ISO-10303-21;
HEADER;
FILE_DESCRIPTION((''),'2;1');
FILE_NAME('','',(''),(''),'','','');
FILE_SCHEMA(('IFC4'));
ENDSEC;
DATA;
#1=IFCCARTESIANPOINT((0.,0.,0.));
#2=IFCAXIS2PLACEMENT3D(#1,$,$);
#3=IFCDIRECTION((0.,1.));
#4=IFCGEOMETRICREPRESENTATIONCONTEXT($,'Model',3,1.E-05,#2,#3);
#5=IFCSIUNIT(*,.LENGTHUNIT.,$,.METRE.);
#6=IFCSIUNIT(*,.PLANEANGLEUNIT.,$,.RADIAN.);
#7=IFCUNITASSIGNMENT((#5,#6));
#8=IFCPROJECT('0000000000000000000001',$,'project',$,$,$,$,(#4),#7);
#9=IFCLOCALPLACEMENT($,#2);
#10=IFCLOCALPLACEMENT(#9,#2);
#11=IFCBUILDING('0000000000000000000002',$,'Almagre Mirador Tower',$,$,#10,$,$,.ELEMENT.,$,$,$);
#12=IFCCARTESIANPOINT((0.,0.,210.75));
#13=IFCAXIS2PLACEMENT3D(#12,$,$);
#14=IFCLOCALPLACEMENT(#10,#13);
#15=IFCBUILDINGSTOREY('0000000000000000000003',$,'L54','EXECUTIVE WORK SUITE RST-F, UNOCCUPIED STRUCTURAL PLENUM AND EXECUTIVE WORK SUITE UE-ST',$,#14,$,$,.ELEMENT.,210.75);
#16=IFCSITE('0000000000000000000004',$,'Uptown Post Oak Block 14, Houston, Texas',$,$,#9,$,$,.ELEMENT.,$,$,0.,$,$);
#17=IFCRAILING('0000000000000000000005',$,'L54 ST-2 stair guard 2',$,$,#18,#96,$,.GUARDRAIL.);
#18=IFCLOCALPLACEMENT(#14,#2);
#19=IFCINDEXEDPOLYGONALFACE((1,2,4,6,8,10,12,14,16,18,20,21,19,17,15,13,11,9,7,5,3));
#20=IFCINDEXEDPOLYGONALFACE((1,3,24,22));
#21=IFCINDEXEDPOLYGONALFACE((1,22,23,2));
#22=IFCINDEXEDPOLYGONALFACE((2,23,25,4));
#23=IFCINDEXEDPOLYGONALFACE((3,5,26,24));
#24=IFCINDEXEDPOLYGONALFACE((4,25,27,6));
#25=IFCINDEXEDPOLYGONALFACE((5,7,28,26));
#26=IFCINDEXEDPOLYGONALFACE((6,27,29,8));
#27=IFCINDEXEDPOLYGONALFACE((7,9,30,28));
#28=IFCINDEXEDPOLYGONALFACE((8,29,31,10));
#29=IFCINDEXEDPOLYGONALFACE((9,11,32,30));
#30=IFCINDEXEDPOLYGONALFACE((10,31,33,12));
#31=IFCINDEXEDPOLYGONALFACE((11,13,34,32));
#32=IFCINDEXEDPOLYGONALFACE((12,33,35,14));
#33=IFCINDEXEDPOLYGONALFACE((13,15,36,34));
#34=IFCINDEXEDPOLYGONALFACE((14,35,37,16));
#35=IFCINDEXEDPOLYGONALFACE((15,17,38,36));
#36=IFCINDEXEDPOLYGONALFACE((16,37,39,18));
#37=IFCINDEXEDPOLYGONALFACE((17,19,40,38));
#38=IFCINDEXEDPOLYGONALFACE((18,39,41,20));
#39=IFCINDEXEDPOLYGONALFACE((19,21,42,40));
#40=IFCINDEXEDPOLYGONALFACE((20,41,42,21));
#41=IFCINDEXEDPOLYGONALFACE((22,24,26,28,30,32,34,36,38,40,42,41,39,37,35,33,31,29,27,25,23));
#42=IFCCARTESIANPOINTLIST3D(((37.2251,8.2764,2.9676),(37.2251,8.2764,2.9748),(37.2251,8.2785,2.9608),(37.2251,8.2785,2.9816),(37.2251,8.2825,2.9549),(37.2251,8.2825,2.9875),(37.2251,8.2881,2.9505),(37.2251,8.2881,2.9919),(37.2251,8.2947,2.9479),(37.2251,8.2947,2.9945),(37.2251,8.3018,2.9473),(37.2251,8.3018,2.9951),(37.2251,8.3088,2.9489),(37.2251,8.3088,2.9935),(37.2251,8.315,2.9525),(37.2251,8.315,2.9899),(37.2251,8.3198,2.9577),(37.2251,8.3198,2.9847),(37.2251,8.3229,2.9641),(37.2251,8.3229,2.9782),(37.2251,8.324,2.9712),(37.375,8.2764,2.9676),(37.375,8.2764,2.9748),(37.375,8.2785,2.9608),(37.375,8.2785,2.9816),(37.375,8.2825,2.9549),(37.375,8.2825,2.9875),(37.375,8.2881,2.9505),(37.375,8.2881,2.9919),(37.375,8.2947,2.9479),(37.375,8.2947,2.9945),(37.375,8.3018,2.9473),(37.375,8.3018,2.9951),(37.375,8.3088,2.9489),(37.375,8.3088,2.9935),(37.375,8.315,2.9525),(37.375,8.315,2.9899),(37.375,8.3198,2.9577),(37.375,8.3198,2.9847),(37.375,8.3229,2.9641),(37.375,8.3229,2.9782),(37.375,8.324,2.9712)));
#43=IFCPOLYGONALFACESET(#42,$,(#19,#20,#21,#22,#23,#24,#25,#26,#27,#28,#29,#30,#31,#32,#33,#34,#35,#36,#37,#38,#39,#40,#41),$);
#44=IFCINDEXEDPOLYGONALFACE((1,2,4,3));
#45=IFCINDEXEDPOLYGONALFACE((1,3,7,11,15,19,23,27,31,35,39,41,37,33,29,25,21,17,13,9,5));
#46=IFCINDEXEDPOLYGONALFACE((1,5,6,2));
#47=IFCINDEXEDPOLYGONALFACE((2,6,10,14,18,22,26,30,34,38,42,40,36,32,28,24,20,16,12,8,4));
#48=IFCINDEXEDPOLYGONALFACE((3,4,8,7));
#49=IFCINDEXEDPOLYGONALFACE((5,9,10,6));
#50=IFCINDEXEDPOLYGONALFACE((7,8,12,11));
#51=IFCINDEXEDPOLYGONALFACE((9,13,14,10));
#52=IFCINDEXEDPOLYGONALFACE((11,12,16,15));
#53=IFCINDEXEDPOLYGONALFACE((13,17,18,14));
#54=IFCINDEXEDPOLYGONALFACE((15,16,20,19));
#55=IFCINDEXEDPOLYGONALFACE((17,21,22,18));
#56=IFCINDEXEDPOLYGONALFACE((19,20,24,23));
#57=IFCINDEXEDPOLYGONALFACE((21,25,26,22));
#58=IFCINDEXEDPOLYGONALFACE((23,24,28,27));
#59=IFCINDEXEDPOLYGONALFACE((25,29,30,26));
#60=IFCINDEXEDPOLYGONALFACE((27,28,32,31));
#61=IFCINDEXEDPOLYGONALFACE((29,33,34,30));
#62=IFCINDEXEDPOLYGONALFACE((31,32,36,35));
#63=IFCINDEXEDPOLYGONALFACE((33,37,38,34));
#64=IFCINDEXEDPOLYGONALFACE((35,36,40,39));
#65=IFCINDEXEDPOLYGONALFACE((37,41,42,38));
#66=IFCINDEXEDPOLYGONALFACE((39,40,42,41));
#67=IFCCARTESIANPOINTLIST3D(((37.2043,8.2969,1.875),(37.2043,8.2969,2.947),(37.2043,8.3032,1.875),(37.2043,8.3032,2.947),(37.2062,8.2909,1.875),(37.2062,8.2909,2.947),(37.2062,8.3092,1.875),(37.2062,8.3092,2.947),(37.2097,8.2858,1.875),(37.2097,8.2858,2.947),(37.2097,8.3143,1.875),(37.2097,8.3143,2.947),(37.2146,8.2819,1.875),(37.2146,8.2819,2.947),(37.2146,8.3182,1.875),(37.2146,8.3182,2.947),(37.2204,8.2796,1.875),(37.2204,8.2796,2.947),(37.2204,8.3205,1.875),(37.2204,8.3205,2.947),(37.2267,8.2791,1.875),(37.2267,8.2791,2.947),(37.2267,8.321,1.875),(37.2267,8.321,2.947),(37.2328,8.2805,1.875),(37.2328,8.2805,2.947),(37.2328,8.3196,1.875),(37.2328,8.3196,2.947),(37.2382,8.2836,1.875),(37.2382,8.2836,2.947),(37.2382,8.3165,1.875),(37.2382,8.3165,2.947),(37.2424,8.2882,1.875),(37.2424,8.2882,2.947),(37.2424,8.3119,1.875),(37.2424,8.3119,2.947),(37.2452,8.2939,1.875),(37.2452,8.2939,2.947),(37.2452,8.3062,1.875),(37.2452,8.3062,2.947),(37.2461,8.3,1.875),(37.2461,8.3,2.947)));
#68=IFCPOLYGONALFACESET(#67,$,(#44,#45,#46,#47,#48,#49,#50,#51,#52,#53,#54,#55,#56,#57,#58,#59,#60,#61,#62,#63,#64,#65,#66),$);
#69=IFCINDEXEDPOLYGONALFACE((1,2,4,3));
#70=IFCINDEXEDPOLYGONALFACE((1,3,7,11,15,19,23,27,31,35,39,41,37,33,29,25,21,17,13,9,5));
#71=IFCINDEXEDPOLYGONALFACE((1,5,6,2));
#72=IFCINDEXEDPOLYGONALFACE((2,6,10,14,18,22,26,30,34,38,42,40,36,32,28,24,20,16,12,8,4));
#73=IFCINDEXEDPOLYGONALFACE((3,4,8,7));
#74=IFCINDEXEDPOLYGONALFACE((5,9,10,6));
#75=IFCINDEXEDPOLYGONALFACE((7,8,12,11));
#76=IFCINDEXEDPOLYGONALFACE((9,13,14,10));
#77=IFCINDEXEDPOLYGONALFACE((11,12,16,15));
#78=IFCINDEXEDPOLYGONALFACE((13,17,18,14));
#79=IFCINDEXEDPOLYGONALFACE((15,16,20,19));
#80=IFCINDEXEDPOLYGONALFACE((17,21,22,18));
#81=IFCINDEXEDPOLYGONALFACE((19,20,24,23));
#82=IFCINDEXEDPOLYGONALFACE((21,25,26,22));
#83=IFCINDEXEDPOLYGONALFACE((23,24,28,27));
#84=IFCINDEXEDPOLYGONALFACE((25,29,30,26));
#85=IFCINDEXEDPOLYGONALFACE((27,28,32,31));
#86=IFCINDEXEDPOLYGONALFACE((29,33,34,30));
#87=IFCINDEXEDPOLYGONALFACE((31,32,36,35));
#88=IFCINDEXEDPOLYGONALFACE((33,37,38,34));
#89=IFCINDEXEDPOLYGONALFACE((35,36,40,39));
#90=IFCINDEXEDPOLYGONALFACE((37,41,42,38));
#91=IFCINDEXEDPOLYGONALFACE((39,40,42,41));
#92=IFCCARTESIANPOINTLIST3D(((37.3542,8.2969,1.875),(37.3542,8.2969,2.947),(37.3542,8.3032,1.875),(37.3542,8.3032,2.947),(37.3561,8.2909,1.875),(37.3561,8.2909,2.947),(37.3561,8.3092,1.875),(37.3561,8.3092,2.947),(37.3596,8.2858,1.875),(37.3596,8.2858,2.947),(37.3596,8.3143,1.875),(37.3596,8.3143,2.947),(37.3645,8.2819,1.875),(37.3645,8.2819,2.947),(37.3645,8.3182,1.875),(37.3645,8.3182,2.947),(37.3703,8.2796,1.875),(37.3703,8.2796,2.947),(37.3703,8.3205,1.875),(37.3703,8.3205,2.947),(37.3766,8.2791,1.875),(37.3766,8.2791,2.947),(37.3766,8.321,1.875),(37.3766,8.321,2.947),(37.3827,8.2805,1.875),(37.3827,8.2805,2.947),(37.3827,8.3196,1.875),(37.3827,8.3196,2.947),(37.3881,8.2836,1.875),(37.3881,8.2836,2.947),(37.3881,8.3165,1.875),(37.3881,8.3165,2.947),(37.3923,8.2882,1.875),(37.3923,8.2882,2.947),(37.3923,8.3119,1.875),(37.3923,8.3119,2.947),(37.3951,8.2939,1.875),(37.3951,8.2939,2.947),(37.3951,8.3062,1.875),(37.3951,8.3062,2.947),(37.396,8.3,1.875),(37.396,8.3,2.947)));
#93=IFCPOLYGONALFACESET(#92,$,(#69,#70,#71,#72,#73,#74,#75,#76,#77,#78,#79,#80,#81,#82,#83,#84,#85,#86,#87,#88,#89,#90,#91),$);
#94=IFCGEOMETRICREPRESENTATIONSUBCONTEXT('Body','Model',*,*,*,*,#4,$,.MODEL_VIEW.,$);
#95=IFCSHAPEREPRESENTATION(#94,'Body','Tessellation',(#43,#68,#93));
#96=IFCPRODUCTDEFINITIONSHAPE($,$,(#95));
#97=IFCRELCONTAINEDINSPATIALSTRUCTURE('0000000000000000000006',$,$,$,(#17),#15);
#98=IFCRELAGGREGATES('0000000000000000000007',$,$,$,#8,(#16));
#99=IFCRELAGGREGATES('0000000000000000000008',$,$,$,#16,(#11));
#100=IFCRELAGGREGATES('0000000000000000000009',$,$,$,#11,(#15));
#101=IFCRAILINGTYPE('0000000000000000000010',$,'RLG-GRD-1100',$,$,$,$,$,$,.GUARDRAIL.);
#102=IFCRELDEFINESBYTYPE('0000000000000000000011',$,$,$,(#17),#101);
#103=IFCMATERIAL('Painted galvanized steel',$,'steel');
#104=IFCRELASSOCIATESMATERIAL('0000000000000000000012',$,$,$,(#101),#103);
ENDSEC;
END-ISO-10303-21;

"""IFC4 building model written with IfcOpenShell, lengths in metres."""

from ifc_helpers import new_model, si_unit, direction, frame, origin, origin_2d, place, context, subcontext, project, spatial, circle, extrude, material, type_object, element, save


model = new_model("IFC4")

# Units and contexts
model_context = context("Model", 3, precision=1e-05, world=origin(), true_north=direction((0.0, 1.0)))
body_context = subcontext(model_context, "Body", "Model", "MODEL_VIEW")
ifc_project = project(units=[si_unit("LENGTHUNIT", "METRE"), si_unit("PLANEANGLEUNIT", "RADIAN")], contexts=[model_context])

# Site, building, storey
site_placement = place(None, origin())
site = spatial("IfcSite", under=ifc_project, at=site_placement, Name="Uptown Post Oak Block 14, Houston, Texas", CompositionType="ELEMENT", RefElevation=0.0)
building_placement = place(site_placement, origin())
building = spatial("IfcBuilding", under=site, at=building_placement, Name="Almagre Mirador Tower", CompositionType="ELEMENT")
storey_placement = place(building_placement, frame((0.0, 0.0, 210.75)))
storey = spatial("IfcBuildingStorey", under=building, at=storey_placement, Name="L54", Description="EXECUTIVE WORK SUITE RST-F, UNOCCUPIED STRUCTURAL PLENUM AND EXECUTIVE WORK SUITE UE-ST", CompositionType="ELEMENT", Elevation=210.75)

# Railing
ifc_material_1 = material(Name="Painted galvanized steel", Category="steel")
railing_type_1 = type_object("IfcRailingType", Name="RLG-GRD-1100", PredefinedType="GUARDRAIL", material=ifc_material_1)
railing_1_placement = place(storey_placement, frame((37.2251, 8.3, 1.875)))
element("IfcRailing", 1, at=railing_1_placement, inside=storey, type_object=railing_type_1, Name="L54 ST-2 stair guard 2", PredefinedType="GUARDRAIL", context=body_context, shape_type="SweptSolid", body=[
    extrude(circle(Radius=0.0239, at=origin_2d()), frame((0.0, 0.0, 1.0962), z_axis=(1.0, 0.0, 0.0), x_axis=(0.0, 1.0, 0.0)), (0.0, 0.0, 1.0), 0.1499),
    extrude(circle(Radius=0.021, at=origin_2d()), origin(), (0.0, 0.0, 1.0), 1.072),
    extrude(circle(Radius=0.021, at=origin_2d()), frame((0.1499, 0.0, 0.0)), (0.0, 0.0, 1.0), 1.072),
])

save(model, "model.ifc")
